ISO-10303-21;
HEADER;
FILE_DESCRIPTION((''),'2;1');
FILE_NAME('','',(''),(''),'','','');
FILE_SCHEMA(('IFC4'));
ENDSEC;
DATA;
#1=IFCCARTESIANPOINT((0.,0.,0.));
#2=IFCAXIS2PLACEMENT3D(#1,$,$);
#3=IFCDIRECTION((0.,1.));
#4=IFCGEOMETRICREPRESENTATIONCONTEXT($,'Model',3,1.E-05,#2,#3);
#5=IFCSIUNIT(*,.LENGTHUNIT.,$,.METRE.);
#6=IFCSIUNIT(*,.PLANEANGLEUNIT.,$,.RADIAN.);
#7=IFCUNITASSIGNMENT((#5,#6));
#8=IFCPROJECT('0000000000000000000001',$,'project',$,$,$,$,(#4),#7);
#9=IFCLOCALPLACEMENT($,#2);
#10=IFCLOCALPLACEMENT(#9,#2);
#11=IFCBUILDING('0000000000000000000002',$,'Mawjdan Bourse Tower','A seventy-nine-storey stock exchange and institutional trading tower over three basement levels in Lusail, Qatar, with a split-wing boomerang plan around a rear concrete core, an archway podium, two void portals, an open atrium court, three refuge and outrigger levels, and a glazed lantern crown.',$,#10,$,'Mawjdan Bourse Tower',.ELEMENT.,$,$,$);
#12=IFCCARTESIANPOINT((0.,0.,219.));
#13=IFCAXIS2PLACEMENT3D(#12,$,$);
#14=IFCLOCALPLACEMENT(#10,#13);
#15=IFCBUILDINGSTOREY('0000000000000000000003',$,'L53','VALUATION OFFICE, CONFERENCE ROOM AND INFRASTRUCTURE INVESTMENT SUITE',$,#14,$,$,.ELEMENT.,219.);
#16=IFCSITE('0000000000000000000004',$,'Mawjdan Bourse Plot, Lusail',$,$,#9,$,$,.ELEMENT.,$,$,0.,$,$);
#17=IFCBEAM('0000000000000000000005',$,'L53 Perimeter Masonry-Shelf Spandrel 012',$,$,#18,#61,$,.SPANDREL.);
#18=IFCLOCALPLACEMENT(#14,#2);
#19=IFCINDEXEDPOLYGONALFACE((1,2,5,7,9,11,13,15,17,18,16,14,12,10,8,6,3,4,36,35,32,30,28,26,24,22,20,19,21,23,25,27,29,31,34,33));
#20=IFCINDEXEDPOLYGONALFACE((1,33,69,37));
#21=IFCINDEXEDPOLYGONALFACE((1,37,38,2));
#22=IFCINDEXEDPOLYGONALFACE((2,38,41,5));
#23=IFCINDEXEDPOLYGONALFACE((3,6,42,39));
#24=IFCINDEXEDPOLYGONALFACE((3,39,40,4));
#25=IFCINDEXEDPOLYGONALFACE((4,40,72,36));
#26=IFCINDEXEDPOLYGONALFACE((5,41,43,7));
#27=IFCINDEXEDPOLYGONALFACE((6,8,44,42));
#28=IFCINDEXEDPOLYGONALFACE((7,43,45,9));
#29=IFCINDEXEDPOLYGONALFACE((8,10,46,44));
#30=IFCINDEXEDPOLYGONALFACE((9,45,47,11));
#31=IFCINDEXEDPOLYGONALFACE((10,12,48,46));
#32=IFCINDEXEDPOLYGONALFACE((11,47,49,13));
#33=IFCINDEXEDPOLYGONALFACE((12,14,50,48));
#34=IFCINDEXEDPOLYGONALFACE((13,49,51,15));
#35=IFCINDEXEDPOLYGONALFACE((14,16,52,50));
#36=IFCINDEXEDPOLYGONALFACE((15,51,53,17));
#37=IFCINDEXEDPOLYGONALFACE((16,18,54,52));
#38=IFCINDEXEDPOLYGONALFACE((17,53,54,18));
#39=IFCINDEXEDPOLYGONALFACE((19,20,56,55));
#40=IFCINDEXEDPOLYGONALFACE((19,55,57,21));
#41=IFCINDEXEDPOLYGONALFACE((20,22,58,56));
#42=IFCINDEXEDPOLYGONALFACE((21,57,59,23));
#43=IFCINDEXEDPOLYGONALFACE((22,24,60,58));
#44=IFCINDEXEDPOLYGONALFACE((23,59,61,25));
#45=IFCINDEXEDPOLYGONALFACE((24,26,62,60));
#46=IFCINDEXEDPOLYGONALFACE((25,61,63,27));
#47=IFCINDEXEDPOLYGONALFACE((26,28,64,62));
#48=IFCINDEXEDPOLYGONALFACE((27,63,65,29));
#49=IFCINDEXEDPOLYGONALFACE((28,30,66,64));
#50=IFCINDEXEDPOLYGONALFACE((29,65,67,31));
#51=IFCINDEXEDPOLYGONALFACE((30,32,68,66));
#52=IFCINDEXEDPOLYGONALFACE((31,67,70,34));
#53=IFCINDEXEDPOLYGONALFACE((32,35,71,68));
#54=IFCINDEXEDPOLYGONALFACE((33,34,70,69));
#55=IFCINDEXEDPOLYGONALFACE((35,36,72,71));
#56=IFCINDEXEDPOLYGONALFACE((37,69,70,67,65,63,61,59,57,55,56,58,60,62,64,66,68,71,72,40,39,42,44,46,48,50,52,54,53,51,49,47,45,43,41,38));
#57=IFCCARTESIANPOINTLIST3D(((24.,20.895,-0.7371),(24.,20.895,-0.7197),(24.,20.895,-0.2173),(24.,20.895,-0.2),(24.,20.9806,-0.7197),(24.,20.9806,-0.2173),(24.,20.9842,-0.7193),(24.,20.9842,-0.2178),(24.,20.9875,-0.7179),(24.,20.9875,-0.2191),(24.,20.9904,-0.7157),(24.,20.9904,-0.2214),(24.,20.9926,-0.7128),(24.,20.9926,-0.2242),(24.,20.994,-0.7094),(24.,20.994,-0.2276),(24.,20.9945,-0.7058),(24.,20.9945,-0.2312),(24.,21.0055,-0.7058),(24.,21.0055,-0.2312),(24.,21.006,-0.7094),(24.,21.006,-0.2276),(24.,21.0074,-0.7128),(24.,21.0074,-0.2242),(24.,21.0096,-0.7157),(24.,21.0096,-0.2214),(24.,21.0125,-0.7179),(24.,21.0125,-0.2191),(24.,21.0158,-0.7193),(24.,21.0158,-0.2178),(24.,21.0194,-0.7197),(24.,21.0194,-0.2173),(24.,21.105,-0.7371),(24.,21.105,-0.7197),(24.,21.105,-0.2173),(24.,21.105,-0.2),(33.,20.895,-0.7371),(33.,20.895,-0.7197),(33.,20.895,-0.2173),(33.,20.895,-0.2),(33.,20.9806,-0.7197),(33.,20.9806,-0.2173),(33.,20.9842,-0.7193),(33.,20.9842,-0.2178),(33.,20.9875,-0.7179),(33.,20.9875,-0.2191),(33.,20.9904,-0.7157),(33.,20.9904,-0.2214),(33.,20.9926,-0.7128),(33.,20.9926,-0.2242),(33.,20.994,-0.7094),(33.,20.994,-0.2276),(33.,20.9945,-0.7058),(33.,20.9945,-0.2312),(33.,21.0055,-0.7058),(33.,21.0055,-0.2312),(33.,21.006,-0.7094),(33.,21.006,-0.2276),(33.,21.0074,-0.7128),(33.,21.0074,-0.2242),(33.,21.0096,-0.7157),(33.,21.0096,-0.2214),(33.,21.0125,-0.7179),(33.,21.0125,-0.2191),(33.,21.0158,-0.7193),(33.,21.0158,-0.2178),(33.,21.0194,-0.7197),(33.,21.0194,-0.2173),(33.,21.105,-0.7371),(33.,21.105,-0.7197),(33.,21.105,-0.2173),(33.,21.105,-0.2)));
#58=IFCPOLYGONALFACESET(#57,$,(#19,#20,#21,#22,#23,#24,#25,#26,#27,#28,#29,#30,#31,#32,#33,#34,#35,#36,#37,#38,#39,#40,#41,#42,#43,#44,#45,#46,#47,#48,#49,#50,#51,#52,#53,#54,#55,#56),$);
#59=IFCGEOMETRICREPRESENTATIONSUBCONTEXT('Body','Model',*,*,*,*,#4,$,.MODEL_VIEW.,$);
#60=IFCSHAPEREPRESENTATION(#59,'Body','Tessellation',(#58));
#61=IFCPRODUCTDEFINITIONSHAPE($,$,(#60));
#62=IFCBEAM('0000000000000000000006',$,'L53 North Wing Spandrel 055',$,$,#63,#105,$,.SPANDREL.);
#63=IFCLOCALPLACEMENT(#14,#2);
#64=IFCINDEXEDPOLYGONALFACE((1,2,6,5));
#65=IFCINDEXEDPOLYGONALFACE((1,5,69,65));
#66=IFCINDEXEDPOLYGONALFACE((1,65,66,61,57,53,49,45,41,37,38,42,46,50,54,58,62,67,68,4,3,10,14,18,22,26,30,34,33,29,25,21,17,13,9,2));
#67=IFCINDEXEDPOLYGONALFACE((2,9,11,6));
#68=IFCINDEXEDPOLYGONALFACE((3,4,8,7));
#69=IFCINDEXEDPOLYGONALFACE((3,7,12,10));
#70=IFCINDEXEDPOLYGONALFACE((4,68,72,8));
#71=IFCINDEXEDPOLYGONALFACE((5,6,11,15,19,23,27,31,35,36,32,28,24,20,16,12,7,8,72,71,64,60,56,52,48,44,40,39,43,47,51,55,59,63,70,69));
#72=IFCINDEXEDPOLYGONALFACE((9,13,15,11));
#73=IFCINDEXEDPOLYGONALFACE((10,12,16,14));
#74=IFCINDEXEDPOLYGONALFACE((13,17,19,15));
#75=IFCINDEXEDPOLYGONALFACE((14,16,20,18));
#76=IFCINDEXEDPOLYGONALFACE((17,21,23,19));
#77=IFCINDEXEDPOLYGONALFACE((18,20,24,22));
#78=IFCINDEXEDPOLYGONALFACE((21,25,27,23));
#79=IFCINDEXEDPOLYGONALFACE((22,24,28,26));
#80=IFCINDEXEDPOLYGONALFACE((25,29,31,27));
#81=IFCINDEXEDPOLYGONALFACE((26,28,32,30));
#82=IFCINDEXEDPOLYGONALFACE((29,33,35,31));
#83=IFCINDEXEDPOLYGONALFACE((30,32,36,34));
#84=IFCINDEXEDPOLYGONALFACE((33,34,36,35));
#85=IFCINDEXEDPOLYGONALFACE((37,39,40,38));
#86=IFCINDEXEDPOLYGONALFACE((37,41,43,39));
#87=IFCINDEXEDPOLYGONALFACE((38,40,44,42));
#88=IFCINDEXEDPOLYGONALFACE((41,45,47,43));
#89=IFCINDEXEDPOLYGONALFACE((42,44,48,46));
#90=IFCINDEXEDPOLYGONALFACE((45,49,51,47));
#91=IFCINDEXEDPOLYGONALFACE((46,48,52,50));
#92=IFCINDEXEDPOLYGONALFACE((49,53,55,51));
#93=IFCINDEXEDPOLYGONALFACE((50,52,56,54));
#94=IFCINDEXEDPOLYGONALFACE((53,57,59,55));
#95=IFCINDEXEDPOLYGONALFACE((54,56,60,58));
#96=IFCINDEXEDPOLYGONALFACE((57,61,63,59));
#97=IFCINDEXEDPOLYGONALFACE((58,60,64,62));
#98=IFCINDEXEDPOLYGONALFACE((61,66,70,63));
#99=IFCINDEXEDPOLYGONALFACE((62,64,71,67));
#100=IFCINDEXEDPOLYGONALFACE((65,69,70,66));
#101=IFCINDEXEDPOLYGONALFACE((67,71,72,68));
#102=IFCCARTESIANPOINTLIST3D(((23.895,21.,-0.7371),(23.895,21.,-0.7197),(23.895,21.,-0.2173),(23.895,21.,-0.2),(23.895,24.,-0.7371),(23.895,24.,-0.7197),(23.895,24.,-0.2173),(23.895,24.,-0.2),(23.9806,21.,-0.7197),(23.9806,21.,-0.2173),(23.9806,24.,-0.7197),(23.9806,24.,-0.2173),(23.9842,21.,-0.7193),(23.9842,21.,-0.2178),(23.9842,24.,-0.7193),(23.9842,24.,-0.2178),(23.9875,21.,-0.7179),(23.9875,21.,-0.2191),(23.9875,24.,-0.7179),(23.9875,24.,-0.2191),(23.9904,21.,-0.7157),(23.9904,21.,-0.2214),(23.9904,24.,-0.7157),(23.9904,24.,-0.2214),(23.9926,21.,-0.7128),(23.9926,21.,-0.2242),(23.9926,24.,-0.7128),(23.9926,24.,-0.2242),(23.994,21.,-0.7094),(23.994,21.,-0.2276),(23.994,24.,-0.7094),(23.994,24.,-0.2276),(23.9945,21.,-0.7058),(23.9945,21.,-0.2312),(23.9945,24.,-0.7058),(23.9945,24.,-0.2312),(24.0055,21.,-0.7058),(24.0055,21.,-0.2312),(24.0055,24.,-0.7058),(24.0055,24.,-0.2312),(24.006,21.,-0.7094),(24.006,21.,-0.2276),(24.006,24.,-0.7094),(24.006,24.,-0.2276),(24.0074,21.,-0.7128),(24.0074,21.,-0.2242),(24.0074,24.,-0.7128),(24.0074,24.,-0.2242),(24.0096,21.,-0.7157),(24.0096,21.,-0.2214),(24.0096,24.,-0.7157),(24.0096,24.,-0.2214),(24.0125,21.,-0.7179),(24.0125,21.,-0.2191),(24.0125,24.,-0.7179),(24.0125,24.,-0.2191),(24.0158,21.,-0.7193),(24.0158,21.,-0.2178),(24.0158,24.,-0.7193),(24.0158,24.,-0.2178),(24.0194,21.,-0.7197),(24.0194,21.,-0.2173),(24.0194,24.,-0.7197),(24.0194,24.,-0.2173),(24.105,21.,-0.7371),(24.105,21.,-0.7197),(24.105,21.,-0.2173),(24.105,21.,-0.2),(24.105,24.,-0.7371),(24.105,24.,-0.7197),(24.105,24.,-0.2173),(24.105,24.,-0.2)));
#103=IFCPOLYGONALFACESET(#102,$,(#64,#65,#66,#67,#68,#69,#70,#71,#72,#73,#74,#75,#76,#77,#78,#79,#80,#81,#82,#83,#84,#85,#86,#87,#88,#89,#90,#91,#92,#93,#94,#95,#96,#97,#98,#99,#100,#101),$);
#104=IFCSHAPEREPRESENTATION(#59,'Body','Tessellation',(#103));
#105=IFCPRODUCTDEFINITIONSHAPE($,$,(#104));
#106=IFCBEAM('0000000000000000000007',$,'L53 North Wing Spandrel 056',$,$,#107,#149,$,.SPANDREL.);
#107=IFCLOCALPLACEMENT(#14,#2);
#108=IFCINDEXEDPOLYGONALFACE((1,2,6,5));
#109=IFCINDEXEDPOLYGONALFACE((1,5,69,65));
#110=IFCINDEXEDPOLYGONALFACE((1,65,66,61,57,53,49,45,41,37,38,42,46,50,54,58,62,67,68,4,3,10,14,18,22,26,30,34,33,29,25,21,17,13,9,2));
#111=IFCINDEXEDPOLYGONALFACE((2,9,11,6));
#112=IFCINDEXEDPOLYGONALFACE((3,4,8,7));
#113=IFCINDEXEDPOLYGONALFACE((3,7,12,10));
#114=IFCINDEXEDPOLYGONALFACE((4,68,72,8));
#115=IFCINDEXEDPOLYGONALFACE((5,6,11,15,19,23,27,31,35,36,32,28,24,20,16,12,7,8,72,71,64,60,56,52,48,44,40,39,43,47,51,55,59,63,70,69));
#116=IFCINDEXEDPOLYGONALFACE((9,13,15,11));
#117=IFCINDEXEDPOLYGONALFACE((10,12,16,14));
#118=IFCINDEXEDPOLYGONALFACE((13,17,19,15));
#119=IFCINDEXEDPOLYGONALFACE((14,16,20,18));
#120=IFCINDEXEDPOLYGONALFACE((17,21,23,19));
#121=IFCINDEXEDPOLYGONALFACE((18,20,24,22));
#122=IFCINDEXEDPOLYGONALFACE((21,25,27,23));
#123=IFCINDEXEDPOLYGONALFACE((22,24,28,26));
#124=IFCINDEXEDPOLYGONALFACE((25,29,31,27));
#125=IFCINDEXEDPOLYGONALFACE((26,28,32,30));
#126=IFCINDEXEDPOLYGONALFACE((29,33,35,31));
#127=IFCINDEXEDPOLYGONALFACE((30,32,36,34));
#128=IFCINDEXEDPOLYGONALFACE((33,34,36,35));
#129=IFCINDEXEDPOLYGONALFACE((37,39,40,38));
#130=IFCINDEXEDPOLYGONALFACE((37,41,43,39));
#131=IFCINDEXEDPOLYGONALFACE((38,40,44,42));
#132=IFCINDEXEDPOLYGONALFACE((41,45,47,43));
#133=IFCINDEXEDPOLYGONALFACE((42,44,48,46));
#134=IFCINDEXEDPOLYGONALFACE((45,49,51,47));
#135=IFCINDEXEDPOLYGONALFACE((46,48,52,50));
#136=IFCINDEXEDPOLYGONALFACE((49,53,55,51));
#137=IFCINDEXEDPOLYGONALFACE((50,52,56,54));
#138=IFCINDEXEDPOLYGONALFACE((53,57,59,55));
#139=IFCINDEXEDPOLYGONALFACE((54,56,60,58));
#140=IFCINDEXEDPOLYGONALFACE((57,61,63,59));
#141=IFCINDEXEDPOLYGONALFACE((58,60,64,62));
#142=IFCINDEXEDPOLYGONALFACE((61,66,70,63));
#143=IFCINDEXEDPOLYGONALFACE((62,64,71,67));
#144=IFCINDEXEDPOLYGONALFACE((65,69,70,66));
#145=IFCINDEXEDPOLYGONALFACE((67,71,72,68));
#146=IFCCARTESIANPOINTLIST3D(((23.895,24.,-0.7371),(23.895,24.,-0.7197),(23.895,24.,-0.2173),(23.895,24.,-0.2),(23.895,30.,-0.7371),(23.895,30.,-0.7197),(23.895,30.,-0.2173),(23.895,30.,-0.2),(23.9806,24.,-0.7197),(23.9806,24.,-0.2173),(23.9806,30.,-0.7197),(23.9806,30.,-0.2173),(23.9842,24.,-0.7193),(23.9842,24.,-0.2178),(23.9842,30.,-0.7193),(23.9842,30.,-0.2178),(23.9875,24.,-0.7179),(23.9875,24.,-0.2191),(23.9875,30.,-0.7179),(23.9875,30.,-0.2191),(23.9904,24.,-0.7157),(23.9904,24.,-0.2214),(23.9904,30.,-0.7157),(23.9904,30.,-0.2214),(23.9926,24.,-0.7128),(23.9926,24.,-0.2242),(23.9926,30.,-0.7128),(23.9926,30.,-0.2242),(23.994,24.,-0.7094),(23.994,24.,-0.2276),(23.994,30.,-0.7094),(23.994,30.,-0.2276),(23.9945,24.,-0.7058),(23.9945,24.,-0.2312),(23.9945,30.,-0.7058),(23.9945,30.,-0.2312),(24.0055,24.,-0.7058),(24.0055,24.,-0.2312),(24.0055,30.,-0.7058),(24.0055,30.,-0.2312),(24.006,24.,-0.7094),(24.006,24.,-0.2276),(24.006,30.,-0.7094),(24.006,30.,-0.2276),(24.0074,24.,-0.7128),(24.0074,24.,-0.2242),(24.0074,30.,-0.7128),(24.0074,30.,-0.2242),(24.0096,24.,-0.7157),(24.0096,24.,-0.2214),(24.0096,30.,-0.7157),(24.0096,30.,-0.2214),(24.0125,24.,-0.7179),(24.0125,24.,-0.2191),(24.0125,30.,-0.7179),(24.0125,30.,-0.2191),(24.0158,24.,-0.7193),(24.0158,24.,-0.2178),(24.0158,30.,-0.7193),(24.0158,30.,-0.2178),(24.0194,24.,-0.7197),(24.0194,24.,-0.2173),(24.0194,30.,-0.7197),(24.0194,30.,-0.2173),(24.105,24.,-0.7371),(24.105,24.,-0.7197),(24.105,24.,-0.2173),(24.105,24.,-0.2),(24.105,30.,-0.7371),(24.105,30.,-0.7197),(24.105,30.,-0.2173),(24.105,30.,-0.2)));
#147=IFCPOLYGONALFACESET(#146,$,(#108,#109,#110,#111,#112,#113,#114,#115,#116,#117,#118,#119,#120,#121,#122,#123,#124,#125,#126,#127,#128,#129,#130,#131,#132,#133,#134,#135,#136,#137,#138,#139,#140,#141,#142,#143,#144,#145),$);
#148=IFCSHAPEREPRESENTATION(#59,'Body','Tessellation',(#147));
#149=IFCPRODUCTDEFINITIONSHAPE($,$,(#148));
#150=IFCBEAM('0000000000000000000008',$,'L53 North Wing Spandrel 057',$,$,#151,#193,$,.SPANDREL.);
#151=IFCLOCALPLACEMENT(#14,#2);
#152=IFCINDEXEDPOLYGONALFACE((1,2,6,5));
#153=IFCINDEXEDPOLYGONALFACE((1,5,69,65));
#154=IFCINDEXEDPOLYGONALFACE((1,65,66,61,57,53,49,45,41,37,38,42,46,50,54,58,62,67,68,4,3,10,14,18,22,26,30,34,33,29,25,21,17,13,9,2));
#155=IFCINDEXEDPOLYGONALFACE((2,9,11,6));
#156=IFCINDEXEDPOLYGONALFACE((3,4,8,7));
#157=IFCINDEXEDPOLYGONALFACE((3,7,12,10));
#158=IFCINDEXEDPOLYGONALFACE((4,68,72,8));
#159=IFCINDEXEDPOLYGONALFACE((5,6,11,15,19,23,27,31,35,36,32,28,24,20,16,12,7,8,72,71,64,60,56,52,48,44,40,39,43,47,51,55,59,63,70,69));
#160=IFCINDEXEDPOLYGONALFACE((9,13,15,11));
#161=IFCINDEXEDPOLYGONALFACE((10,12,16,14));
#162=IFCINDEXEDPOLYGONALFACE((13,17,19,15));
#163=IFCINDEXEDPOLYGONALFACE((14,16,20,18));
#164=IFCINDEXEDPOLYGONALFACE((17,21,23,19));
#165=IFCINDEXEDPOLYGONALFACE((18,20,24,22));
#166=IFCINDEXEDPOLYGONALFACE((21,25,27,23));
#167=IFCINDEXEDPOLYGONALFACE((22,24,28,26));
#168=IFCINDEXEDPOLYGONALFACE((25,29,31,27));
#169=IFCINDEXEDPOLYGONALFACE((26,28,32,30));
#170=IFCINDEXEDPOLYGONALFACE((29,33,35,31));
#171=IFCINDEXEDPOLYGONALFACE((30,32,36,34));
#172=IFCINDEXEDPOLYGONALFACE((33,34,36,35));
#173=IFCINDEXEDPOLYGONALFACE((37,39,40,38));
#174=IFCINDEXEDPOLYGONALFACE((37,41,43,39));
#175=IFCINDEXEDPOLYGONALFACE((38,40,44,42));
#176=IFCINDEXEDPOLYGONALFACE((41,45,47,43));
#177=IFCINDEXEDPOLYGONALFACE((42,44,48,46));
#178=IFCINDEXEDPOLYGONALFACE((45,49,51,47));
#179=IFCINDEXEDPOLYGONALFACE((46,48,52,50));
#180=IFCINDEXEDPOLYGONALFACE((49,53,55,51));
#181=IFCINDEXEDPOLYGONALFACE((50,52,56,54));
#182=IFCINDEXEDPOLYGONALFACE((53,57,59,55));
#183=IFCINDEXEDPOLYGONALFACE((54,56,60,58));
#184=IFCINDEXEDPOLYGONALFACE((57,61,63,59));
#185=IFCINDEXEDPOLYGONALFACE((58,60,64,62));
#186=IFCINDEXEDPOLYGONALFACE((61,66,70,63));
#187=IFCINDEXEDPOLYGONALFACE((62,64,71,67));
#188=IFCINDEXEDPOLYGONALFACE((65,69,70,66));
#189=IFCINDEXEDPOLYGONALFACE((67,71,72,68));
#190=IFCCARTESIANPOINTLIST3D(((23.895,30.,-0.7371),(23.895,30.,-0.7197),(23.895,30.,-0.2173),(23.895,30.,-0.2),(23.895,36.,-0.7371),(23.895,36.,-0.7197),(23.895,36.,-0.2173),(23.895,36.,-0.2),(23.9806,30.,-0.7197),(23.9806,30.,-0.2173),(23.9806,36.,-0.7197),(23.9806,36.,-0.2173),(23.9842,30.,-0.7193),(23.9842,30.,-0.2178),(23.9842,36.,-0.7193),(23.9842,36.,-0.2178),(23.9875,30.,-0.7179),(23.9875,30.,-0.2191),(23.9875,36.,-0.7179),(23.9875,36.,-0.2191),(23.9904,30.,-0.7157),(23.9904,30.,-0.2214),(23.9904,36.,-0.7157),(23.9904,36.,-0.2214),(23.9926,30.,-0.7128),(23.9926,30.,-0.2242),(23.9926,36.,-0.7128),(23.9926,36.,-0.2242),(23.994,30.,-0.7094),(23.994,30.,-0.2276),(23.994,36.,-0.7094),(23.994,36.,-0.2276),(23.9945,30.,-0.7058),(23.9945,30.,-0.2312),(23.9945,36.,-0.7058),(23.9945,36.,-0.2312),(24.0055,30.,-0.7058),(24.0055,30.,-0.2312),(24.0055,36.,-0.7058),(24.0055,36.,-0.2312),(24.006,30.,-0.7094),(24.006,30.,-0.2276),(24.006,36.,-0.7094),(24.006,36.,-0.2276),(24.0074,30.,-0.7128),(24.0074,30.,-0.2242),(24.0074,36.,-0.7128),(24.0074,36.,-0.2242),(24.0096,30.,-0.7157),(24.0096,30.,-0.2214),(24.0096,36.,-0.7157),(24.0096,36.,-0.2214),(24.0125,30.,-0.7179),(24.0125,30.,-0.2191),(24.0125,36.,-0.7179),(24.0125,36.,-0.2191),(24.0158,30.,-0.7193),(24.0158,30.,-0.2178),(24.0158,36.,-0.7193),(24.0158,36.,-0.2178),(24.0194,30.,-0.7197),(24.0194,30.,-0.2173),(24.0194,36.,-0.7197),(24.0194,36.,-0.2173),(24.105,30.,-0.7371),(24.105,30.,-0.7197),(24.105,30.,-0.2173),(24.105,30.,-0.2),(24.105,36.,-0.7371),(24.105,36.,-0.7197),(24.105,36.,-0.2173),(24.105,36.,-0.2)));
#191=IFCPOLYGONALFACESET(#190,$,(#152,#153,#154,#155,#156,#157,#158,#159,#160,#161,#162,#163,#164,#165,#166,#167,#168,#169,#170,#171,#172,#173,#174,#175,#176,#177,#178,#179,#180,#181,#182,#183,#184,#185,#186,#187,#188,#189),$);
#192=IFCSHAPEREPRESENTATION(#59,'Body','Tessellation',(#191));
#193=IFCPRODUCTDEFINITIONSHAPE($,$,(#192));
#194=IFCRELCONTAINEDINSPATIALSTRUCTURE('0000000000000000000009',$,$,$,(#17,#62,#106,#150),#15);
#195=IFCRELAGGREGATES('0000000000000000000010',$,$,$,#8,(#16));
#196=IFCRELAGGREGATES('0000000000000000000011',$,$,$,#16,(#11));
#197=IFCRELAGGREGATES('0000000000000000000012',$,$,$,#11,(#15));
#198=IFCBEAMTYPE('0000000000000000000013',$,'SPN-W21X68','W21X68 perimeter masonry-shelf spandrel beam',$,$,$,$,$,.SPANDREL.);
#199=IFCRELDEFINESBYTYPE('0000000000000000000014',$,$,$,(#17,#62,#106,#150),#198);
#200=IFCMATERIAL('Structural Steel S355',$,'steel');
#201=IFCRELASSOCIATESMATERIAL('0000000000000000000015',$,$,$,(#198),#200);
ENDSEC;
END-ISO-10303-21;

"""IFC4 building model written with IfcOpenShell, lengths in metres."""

from ifc_helpers import new_model, si_unit, direction, frame, origin, origin_2d, place, context, subcontext, project, spatial, i_section, extrude, material, material_profile, profile_set, type_object, element, save


model = new_model("IFC4")

# Units and contexts
model_context = context("Model", 3, precision=1e-05, world=origin(), true_north=direction((0.0, 1.0)))
body_context = subcontext(model_context, "Body", "Model", "MODEL_VIEW")
ifc_project = project(units=[si_unit("LENGTHUNIT", "METRE"), si_unit("PLANEANGLEUNIT", "RADIAN")], contexts=[model_context])

# Site, building, storey
site_placement = place(None, origin())
site = spatial("IfcSite", under=ifc_project, at=site_placement, Name="Mawjdan Bourse Plot, Lusail", CompositionType="ELEMENT", RefElevation=0.0)
building_placement = place(site_placement, origin())
building = spatial("IfcBuilding", under=site, at=building_placement, Name="Mawjdan Bourse Tower", Description="A seventy-nine-storey stock exchange and institutional trading tower over three basement levels in Lusail, Qatar, with a split-wing boomerang plan around a rear concrete core, an archway podium, two void portals, an open atrium court, three refuge and outrigger levels, and a glazed lantern crown.", LongName="Mawjdan Bourse Tower", CompositionType="ELEMENT")
storey_placement = place(building_placement, frame((0.0, 0.0, 219.0)))
storey = spatial("IfcBuildingStorey", under=building, at=storey_placement, Name="L53", Description="VALUATION OFFICE, CONFERENCE ROOM AND INFRASTRUCTURE INVESTMENT SUITE", CompositionType="ELEMENT", Elevation=219.0)

# Beams
ifc_material_1 = material(Name="Structural Steel S355", Category="steel")
ifc_material_profile_1 = material_profile(ifc_material_1, i_section(OverallWidth=0.21, OverallDepth=0.5371, WebThickness=0.011, FlangeThickness=0.0173, FilletRadius=0.0139, at=origin_2d()), Name="W21X68")
ifc_profile_set_1 = profile_set([ifc_material_profile_1], Name="Structural Steel S355")
beam_type_1 = type_object("IfcBeamType", Name="SPN-W21X68", Description="W21X68 perimeter masonry-shelf spandrel beam", PredefinedType="SPANDREL", material=ifc_profile_set_1)
beam_1_placement = place(storey_placement, frame((24.0, 21.0, -0.4685), z_axis=(1.0, 0.0, 0.0), x_axis=(0.0, 1.0, 0.0)))
element("IfcBeam", 1, at=beam_1_placement, inside=storey, type_object=beam_type_1, Name="L53 Perimeter Masonry-Shelf Spandrel 012", PredefinedType="SPANDREL", context=body_context, shape_type="SweptSolid", body=[
    extrude(i_section(OverallWidth=0.21, OverallDepth=0.5371, WebThickness=0.011, FlangeThickness=0.0173, FilletRadius=0.0139, at=origin_2d()), origin(), (0.0, 0.0, 1.0), 9.0),
])
beam_2_placement = place(storey_placement, frame((24.0, 21.0, -0.4685), z_axis=(0.0, 1.0, 0.0), x_axis=(-1.0, 0.0, 0.0)))
element("IfcBeam", 2, at=beam_2_placement, inside=storey, type_object=beam_type_1, Name="L53 North Wing Spandrel 055", PredefinedType="SPANDREL", context=body_context, shape_type="SweptSolid", body=[
    extrude(i_section(OverallWidth=0.21, OverallDepth=0.5371, WebThickness=0.011, FlangeThickness=0.0173, FilletRadius=0.0139, at=origin_2d()), origin(), (0.0, 0.0, 1.0), 3.0),
])
for number, where, z_axis, x_axis, name in (
    (3, (24.0, 24.0, -0.4685), (0.0, 1.0, 0.0), (-1.0, 0.0, 0.0), "L53 North Wing Spandrel 056"),
    (4, (24.0, 30.0, -0.4685), (0.0, 1.0, 0.0), (-1.0, 0.0, 0.0), "L53 North Wing Spandrel 057"),
):
    element("IfcBeam", number, at=place(storey_placement, frame(where, z_axis=z_axis, x_axis=x_axis)), inside=storey, type_object=beam_type_1, Name=name, PredefinedType="SPANDREL", context=body_context, shape_type="SweptSolid", body=[
        extrude(i_section(OverallWidth=0.21, OverallDepth=0.5371, WebThickness=0.011, FlangeThickness=0.0173, FilletRadius=0.0139, at=origin_2d()), origin(), (0.0, 0.0, 1.0), 6.0),
    ])

save(model, "model.ifc")
